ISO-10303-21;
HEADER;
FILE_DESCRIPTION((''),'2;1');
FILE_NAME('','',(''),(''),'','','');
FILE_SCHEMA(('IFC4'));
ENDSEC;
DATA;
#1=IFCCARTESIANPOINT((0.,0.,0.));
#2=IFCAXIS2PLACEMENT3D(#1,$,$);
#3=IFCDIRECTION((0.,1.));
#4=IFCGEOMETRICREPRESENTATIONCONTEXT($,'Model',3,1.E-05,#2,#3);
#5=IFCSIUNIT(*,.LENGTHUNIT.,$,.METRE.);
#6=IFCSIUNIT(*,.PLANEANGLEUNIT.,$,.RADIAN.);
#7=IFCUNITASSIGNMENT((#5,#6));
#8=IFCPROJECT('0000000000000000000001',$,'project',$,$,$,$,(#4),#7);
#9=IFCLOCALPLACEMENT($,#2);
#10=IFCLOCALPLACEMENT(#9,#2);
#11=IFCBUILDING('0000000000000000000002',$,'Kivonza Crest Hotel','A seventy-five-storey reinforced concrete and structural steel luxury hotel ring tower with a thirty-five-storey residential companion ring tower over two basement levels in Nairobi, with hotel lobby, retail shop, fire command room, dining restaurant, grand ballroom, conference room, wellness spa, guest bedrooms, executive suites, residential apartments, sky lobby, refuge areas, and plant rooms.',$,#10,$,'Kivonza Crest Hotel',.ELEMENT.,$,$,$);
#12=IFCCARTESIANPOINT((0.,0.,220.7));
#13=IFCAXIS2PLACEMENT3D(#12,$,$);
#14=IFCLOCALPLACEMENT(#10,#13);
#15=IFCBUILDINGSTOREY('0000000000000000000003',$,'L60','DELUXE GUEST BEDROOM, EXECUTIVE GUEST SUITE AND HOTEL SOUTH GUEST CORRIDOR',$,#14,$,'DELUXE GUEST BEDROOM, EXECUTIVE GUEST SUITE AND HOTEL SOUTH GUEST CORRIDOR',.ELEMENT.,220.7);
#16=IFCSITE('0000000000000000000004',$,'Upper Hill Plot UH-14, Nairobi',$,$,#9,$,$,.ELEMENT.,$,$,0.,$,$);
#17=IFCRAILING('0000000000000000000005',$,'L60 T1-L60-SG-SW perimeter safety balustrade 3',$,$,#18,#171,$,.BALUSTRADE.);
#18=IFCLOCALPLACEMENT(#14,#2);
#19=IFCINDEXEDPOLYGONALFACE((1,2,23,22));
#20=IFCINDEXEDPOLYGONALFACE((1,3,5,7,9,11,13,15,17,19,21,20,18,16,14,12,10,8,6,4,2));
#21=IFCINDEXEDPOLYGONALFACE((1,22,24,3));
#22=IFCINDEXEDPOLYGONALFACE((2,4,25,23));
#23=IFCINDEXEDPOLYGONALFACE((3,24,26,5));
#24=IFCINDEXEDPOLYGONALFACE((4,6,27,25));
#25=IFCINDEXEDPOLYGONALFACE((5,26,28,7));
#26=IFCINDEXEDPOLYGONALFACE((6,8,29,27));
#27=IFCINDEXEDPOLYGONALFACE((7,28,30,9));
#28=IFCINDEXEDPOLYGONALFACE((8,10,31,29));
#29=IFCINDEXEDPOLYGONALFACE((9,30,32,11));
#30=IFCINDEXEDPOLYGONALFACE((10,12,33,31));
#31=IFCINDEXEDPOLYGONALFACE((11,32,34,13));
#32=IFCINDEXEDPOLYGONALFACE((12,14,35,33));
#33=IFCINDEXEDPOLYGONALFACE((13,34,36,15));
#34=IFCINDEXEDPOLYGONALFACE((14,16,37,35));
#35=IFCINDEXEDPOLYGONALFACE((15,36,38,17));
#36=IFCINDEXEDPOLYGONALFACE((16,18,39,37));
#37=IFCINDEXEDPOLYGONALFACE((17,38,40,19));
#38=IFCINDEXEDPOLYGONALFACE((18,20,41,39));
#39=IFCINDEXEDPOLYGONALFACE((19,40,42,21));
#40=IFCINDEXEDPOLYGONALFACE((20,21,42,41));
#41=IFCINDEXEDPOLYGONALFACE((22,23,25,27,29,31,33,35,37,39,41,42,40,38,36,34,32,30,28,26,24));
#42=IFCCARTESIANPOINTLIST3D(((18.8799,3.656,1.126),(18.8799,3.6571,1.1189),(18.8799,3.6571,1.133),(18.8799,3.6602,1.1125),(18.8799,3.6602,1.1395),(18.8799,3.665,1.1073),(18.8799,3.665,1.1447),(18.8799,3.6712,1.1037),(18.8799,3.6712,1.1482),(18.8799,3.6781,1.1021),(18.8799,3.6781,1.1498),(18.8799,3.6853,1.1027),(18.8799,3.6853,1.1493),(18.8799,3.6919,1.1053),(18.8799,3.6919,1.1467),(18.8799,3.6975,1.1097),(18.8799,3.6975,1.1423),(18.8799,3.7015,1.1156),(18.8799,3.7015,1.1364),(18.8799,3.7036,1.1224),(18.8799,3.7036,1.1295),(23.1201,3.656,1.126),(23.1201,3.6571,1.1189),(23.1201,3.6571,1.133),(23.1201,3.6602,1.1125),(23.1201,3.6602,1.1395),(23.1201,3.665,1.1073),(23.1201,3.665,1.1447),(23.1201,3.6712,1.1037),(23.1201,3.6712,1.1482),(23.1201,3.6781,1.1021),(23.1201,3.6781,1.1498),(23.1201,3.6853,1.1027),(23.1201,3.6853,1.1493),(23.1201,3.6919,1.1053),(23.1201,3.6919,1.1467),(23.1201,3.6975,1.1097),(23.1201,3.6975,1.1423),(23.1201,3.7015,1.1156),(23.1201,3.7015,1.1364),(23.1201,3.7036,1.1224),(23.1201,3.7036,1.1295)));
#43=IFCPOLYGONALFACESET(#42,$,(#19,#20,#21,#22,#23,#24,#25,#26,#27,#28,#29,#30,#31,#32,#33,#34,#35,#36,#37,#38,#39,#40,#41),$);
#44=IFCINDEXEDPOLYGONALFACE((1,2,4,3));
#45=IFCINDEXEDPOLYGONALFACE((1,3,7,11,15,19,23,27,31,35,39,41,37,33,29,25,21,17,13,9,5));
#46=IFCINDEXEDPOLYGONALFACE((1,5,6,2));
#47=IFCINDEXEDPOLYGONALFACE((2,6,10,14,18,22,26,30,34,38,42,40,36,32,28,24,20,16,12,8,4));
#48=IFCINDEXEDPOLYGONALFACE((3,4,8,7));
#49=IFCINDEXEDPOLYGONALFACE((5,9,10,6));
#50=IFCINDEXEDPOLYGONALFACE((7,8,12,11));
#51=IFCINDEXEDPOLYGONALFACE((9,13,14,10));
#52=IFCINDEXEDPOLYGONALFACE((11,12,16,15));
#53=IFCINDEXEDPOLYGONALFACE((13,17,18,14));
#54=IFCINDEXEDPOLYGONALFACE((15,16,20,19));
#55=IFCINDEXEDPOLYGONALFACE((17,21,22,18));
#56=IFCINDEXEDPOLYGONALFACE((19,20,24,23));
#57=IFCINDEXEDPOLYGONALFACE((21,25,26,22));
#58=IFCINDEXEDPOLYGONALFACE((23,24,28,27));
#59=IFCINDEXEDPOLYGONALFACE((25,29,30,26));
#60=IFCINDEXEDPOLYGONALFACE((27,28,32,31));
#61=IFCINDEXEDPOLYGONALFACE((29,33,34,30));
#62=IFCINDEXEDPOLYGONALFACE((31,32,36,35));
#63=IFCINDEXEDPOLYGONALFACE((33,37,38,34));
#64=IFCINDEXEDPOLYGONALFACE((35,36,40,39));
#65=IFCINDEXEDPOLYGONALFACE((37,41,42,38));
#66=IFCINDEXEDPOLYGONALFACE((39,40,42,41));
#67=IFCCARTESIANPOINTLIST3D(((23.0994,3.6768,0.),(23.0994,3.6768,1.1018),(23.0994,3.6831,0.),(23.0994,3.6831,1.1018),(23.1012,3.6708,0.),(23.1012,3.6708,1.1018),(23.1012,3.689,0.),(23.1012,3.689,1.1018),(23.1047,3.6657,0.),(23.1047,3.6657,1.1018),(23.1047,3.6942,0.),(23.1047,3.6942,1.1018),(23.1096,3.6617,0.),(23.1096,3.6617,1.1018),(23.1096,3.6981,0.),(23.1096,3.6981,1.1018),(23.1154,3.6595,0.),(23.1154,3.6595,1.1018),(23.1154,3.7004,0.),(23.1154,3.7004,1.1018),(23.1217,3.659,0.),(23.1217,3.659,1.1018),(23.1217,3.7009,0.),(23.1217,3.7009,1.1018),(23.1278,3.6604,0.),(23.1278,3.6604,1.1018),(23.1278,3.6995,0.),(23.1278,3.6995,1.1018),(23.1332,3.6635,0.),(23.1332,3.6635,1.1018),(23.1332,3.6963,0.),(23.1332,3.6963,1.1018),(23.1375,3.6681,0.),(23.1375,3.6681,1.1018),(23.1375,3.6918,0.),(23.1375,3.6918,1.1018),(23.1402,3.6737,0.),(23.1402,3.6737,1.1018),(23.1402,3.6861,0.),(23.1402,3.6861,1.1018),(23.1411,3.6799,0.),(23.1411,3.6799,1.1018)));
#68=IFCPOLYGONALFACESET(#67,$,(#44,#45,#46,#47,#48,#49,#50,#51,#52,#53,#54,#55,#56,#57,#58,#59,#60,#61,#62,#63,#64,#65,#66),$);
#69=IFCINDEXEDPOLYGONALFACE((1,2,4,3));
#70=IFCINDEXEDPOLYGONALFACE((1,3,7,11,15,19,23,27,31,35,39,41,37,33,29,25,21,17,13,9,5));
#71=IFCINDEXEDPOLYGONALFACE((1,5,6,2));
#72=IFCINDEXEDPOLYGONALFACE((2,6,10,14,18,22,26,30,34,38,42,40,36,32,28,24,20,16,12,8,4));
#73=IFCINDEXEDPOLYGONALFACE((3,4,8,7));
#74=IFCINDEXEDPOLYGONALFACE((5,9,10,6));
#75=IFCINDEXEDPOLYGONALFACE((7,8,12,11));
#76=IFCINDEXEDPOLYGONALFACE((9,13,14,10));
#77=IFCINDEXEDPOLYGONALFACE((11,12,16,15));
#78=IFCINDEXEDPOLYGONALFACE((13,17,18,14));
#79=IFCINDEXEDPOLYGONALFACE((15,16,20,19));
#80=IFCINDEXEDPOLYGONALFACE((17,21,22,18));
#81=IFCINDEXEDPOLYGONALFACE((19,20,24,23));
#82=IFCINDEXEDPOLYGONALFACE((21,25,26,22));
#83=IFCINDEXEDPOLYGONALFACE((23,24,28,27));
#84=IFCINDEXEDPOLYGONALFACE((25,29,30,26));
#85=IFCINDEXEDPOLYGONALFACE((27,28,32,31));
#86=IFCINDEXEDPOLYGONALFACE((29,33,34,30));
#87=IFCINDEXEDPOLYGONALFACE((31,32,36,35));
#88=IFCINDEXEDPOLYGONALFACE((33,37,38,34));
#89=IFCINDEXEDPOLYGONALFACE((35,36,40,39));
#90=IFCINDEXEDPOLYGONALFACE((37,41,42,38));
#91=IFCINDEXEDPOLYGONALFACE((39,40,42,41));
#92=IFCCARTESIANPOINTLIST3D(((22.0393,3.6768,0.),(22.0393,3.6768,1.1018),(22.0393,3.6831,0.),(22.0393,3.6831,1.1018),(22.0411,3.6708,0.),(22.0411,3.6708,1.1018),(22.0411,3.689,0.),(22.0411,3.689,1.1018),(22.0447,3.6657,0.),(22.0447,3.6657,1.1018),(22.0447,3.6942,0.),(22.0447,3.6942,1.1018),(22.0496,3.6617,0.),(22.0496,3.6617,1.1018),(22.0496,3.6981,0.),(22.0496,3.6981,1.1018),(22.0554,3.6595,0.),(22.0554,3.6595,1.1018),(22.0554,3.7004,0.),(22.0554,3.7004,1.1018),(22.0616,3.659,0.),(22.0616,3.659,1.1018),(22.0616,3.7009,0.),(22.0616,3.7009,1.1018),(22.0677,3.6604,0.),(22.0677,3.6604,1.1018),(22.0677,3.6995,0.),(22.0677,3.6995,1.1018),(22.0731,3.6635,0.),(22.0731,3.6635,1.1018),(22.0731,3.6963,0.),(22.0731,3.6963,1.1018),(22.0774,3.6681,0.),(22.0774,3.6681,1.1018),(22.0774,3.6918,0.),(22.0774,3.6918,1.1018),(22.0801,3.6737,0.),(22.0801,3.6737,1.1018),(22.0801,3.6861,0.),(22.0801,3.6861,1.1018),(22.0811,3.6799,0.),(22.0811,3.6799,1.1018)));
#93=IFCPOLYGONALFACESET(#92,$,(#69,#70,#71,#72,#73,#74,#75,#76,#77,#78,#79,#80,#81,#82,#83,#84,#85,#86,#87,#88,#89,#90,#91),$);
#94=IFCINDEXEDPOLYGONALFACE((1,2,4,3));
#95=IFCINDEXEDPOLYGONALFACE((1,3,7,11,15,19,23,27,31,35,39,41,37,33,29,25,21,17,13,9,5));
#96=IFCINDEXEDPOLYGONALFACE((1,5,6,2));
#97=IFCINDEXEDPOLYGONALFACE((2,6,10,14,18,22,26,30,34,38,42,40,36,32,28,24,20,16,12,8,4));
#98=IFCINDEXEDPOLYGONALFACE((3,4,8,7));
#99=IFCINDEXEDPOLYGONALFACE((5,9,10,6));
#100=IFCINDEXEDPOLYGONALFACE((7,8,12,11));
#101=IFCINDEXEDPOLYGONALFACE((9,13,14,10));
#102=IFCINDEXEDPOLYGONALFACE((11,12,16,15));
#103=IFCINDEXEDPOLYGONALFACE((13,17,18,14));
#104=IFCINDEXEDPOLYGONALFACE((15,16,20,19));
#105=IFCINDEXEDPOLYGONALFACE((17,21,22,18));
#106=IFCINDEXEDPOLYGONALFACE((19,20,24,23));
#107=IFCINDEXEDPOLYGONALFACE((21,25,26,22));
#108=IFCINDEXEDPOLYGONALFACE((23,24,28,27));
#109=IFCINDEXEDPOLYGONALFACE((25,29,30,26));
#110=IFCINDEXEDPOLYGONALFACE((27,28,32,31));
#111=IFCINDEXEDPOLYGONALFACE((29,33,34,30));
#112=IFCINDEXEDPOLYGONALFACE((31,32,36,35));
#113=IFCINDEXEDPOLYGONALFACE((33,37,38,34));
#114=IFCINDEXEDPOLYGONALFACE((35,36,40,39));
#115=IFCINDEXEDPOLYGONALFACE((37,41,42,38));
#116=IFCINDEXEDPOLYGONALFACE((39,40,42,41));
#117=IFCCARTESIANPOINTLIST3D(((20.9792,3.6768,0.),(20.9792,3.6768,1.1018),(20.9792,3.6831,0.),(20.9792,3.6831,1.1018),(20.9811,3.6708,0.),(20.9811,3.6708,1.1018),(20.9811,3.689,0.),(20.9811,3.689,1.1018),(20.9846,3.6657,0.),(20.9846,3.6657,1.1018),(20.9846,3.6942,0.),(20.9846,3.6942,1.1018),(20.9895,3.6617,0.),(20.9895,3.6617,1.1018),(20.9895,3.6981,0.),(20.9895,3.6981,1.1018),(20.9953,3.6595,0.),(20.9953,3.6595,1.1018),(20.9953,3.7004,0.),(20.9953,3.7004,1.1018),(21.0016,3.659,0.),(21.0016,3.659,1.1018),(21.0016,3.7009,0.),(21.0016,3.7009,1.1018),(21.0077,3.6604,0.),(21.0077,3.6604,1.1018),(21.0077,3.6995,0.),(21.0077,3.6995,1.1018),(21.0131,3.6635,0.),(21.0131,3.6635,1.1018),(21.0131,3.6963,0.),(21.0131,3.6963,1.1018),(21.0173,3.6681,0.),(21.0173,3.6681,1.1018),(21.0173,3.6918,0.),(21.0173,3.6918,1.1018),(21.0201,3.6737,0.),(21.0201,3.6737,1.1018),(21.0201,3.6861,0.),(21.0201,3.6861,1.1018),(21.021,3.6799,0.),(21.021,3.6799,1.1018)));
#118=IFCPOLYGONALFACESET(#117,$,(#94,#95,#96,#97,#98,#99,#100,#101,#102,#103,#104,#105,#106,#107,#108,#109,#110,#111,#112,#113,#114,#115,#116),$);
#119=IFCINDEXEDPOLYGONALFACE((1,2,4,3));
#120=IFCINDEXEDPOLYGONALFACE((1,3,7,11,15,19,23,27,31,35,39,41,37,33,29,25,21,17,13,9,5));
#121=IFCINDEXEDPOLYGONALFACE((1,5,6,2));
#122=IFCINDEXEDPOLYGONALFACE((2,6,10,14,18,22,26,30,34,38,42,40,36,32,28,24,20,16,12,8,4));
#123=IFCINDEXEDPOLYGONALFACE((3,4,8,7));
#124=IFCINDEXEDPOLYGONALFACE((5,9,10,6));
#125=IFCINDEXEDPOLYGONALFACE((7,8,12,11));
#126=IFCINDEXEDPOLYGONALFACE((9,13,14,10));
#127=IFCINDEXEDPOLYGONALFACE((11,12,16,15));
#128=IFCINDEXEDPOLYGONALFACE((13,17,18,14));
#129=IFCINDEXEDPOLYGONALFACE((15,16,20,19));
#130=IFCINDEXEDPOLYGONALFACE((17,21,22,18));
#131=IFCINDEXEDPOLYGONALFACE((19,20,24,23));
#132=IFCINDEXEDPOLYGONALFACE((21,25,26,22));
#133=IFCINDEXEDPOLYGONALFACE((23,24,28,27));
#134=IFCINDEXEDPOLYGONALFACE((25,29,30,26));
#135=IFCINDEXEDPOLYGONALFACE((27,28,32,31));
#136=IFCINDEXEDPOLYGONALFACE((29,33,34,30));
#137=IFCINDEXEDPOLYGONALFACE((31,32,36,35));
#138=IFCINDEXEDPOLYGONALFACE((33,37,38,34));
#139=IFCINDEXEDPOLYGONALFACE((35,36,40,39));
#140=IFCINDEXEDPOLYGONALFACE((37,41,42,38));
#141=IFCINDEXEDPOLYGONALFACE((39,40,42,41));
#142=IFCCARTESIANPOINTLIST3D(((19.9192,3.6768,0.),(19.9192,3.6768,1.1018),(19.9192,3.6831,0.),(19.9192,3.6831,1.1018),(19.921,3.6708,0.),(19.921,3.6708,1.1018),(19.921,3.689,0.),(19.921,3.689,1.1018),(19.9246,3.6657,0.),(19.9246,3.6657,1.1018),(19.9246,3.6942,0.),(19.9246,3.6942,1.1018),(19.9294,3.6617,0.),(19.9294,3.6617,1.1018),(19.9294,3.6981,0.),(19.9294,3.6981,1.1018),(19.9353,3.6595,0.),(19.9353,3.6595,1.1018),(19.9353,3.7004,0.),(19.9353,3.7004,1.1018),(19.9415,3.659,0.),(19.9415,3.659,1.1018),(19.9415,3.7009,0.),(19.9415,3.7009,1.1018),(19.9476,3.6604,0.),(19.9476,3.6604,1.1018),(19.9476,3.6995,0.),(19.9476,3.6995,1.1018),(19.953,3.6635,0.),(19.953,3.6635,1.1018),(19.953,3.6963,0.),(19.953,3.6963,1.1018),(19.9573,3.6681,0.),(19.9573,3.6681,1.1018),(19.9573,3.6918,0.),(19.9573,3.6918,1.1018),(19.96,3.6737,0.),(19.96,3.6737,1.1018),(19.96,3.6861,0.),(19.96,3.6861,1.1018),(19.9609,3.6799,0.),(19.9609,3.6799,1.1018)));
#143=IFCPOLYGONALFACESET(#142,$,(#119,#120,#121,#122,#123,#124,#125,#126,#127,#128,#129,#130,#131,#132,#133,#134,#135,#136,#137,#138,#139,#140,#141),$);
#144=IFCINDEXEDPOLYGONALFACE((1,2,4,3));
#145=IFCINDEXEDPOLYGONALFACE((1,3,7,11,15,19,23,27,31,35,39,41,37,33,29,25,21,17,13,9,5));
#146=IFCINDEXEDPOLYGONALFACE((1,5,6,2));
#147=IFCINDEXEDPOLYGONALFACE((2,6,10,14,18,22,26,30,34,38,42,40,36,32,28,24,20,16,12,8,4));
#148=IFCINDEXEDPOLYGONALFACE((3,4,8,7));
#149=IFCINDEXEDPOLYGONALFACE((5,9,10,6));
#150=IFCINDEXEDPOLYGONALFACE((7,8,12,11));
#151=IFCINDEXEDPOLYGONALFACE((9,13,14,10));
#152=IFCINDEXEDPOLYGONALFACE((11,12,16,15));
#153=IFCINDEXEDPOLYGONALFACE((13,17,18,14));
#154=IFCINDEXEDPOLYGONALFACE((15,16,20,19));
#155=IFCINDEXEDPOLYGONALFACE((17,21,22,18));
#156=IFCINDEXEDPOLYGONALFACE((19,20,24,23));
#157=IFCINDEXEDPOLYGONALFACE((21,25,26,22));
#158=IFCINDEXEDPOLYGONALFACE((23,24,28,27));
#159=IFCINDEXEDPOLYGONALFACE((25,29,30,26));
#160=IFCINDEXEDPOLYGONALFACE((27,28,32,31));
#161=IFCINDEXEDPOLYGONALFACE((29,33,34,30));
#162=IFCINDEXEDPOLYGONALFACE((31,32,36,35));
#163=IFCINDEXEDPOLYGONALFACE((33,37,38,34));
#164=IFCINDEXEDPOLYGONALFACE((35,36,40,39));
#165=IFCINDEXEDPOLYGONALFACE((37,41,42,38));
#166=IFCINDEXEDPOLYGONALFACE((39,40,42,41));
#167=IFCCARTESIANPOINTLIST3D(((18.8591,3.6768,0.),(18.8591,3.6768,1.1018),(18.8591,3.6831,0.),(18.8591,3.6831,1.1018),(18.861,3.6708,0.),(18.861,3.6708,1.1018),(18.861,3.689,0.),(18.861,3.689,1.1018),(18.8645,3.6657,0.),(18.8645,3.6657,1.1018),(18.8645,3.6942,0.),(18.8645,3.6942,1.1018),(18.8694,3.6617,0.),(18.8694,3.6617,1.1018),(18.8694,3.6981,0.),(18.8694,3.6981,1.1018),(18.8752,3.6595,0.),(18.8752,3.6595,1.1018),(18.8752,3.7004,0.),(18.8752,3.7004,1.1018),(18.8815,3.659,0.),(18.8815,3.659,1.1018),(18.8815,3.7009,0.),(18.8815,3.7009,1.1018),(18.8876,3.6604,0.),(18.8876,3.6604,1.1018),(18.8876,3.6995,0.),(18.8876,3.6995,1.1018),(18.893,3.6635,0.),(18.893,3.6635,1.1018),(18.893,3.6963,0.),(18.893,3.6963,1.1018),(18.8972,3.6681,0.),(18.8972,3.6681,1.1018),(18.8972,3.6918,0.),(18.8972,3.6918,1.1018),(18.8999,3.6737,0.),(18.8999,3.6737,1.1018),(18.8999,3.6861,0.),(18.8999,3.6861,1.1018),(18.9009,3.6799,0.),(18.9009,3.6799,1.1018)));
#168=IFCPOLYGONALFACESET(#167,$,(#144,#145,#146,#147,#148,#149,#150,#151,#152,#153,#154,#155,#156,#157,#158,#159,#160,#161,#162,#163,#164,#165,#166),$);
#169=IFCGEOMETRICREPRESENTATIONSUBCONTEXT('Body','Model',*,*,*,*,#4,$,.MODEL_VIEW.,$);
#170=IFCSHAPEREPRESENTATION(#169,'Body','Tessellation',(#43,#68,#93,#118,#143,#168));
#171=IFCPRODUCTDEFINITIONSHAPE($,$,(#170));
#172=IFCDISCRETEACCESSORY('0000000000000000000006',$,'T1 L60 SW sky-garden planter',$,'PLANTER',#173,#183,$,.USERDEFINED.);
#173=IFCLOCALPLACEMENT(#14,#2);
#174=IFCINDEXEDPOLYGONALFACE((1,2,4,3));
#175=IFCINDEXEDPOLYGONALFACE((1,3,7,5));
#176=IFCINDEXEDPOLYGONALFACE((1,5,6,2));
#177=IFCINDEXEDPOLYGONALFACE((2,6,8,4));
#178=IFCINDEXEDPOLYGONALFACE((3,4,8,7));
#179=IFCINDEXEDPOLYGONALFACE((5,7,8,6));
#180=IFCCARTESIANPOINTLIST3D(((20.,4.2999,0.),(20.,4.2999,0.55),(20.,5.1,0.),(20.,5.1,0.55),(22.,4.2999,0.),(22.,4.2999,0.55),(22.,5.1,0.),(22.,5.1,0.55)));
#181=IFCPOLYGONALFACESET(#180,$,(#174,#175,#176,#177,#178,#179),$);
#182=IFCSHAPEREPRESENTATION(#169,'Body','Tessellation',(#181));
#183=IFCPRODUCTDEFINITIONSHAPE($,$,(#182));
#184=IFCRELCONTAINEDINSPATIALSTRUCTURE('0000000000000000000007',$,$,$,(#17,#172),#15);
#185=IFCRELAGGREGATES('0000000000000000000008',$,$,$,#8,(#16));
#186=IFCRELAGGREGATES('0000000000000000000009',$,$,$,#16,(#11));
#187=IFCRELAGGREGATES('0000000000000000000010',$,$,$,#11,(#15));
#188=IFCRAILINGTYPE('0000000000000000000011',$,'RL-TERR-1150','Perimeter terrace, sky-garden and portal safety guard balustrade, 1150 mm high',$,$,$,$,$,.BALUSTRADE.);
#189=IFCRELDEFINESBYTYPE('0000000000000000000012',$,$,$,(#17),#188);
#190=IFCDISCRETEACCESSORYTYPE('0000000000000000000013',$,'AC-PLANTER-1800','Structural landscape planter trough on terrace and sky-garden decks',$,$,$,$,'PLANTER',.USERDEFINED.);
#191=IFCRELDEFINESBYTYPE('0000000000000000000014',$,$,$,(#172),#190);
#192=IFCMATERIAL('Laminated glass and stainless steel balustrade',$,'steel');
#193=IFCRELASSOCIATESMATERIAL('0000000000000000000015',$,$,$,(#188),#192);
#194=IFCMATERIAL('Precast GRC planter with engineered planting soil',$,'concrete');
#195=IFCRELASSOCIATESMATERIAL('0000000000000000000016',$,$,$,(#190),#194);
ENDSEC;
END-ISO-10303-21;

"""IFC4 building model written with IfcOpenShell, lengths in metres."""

from ifc_helpers import new_model, si_unit, direction, frame, origin, origin_2d, place, context, subcontext, project, spatial, rectangle, circle, extrude, material, type_object, element, save


model = new_model("IFC4")

# Units and contexts
model_context = context("Model", 3, precision=1e-05, world=origin(), true_north=direction((0.0, 1.0)))
body_context = subcontext(model_context, "Body", "Model", "MODEL_VIEW")
ifc_project = project(units=[si_unit("LENGTHUNIT", "METRE"), si_unit("PLANEANGLEUNIT", "RADIAN")], contexts=[model_context])

# Site, building, storey
site_placement = place(None, origin())
site = spatial("IfcSite", under=ifc_project, at=site_placement, Name="Upper Hill Plot UH-14, Nairobi", CompositionType="ELEMENT", RefElevation=0.0)
building_placement = place(site_placement, origin())
building = spatial("IfcBuilding", under=site, at=building_placement, Name="Kivonza Crest Hotel", Description="A seventy-five-storey reinforced concrete and structural steel luxury hotel ring tower with a thirty-five-storey residential companion ring tower over two basement levels in Nairobi, with hotel lobby, retail shop, fire command room, dining restaurant, grand ballroom, conference room, wellness spa, guest bedrooms, executive suites, residential apartments, sky lobby, refuge areas, and plant rooms.", LongName="Kivonza Crest Hotel", CompositionType="ELEMENT")
storey_placement = place(building_placement, frame((0.0, 0.0, 220.7)))
storey = spatial("IfcBuildingStorey", under=building, at=storey_placement, Name="L60", Description="DELUXE GUEST BEDROOM, EXECUTIVE GUEST SUITE AND HOTEL SOUTH GUEST CORRIDOR", LongName="DELUXE GUEST BEDROOM, EXECUTIVE GUEST SUITE AND HOTEL SOUTH GUEST CORRIDOR", CompositionType="ELEMENT", Elevation=220.7)

# Railing
ifc_material_1 = material(Name="Laminated glass and stainless steel balustrade", Category="steel")
railing_type = type_object("IfcRailingType", Name="RL-TERR-1150", Description="Perimeter terrace, sky-garden and portal safety guard balustrade, 1150 mm high", PredefinedType="BALUSTRADE", material=ifc_material_1)
railing_1_placement = place(storey_placement, frame((23.1201, 3.6799, 0.0)))
element("IfcRailing", 1, at=railing_1_placement, inside=storey, type_object=railing_type, Name="L60 T1-L60-SG-SW perimeter safety balustrade 3", PredefinedType="BALUSTRADE", context=body_context, shape_type="SweptSolid", body=[
    extrude(circle(Radius=0.0239, at=origin_2d()), frame((0.0, 0.0, 1.126), z_axis=(-1.0, 0.0, 0.0), x_axis=(0.0, -1.0, 0.0)), (0.0, 0.0, 1.0), 4.2402),
    extrude(circle(Radius=0.021, at=origin_2d()), origin(), (0.0, 0.0, 1.0), 1.1018),
    extrude(circle(Radius=0.021, at=origin_2d()), frame((-1.0601, 0.0, 0.0)), (0.0, 0.0, 1.0), 1.1018),
    extrude(circle(Radius=0.021, at=origin_2d()), frame((-2.1201, 0.0, 0.0)), (0.0, 0.0, 1.0), 1.1018),
    extrude(circle(Radius=0.021, at=origin_2d()), frame((-3.1802, 0.0, 0.0)), (0.0, 0.0, 1.0), 1.1018),
    extrude(circle(Radius=0.021, at=origin_2d()), frame((-4.2402, 0.0, 0.0)), (0.0, 0.0, 1.0), 1.1018),
])

# Discrete accessory
ifc_material_2 = material(Name="Precast GRC planter with engineered planting soil", Category="concrete")
discrete_accessory_type = type_object("IfcDiscreteAccessoryType", Name="AC-PLANTER-1800", Description="Structural landscape planter trough on terrace and sky-garden decks", ElementType="PLANTER", PredefinedType="USERDEFINED", material=ifc_material_2)
discrete_accessory_placement = place(storey_placement, frame((21.0, 4.7, 0.0), z_axis=(0.0, 0.0, 1.0), x_axis=(1.0, 0.0, 0.0)))
element("IfcDiscreteAccessory", 2, at=discrete_accessory_placement, inside=storey, type_object=discrete_accessory_type, Name="T1 L60 SW sky-garden planter", ObjectType="PLANTER", PredefinedType="USERDEFINED", context=body_context, shape_type="SweptSolid", body=[
    extrude(rectangle(XDim=2.0, YDim=0.8, at=origin_2d()), origin(), (0.0, 0.0, 1.0), 0.55),
])

save(model, "model.ifc")
